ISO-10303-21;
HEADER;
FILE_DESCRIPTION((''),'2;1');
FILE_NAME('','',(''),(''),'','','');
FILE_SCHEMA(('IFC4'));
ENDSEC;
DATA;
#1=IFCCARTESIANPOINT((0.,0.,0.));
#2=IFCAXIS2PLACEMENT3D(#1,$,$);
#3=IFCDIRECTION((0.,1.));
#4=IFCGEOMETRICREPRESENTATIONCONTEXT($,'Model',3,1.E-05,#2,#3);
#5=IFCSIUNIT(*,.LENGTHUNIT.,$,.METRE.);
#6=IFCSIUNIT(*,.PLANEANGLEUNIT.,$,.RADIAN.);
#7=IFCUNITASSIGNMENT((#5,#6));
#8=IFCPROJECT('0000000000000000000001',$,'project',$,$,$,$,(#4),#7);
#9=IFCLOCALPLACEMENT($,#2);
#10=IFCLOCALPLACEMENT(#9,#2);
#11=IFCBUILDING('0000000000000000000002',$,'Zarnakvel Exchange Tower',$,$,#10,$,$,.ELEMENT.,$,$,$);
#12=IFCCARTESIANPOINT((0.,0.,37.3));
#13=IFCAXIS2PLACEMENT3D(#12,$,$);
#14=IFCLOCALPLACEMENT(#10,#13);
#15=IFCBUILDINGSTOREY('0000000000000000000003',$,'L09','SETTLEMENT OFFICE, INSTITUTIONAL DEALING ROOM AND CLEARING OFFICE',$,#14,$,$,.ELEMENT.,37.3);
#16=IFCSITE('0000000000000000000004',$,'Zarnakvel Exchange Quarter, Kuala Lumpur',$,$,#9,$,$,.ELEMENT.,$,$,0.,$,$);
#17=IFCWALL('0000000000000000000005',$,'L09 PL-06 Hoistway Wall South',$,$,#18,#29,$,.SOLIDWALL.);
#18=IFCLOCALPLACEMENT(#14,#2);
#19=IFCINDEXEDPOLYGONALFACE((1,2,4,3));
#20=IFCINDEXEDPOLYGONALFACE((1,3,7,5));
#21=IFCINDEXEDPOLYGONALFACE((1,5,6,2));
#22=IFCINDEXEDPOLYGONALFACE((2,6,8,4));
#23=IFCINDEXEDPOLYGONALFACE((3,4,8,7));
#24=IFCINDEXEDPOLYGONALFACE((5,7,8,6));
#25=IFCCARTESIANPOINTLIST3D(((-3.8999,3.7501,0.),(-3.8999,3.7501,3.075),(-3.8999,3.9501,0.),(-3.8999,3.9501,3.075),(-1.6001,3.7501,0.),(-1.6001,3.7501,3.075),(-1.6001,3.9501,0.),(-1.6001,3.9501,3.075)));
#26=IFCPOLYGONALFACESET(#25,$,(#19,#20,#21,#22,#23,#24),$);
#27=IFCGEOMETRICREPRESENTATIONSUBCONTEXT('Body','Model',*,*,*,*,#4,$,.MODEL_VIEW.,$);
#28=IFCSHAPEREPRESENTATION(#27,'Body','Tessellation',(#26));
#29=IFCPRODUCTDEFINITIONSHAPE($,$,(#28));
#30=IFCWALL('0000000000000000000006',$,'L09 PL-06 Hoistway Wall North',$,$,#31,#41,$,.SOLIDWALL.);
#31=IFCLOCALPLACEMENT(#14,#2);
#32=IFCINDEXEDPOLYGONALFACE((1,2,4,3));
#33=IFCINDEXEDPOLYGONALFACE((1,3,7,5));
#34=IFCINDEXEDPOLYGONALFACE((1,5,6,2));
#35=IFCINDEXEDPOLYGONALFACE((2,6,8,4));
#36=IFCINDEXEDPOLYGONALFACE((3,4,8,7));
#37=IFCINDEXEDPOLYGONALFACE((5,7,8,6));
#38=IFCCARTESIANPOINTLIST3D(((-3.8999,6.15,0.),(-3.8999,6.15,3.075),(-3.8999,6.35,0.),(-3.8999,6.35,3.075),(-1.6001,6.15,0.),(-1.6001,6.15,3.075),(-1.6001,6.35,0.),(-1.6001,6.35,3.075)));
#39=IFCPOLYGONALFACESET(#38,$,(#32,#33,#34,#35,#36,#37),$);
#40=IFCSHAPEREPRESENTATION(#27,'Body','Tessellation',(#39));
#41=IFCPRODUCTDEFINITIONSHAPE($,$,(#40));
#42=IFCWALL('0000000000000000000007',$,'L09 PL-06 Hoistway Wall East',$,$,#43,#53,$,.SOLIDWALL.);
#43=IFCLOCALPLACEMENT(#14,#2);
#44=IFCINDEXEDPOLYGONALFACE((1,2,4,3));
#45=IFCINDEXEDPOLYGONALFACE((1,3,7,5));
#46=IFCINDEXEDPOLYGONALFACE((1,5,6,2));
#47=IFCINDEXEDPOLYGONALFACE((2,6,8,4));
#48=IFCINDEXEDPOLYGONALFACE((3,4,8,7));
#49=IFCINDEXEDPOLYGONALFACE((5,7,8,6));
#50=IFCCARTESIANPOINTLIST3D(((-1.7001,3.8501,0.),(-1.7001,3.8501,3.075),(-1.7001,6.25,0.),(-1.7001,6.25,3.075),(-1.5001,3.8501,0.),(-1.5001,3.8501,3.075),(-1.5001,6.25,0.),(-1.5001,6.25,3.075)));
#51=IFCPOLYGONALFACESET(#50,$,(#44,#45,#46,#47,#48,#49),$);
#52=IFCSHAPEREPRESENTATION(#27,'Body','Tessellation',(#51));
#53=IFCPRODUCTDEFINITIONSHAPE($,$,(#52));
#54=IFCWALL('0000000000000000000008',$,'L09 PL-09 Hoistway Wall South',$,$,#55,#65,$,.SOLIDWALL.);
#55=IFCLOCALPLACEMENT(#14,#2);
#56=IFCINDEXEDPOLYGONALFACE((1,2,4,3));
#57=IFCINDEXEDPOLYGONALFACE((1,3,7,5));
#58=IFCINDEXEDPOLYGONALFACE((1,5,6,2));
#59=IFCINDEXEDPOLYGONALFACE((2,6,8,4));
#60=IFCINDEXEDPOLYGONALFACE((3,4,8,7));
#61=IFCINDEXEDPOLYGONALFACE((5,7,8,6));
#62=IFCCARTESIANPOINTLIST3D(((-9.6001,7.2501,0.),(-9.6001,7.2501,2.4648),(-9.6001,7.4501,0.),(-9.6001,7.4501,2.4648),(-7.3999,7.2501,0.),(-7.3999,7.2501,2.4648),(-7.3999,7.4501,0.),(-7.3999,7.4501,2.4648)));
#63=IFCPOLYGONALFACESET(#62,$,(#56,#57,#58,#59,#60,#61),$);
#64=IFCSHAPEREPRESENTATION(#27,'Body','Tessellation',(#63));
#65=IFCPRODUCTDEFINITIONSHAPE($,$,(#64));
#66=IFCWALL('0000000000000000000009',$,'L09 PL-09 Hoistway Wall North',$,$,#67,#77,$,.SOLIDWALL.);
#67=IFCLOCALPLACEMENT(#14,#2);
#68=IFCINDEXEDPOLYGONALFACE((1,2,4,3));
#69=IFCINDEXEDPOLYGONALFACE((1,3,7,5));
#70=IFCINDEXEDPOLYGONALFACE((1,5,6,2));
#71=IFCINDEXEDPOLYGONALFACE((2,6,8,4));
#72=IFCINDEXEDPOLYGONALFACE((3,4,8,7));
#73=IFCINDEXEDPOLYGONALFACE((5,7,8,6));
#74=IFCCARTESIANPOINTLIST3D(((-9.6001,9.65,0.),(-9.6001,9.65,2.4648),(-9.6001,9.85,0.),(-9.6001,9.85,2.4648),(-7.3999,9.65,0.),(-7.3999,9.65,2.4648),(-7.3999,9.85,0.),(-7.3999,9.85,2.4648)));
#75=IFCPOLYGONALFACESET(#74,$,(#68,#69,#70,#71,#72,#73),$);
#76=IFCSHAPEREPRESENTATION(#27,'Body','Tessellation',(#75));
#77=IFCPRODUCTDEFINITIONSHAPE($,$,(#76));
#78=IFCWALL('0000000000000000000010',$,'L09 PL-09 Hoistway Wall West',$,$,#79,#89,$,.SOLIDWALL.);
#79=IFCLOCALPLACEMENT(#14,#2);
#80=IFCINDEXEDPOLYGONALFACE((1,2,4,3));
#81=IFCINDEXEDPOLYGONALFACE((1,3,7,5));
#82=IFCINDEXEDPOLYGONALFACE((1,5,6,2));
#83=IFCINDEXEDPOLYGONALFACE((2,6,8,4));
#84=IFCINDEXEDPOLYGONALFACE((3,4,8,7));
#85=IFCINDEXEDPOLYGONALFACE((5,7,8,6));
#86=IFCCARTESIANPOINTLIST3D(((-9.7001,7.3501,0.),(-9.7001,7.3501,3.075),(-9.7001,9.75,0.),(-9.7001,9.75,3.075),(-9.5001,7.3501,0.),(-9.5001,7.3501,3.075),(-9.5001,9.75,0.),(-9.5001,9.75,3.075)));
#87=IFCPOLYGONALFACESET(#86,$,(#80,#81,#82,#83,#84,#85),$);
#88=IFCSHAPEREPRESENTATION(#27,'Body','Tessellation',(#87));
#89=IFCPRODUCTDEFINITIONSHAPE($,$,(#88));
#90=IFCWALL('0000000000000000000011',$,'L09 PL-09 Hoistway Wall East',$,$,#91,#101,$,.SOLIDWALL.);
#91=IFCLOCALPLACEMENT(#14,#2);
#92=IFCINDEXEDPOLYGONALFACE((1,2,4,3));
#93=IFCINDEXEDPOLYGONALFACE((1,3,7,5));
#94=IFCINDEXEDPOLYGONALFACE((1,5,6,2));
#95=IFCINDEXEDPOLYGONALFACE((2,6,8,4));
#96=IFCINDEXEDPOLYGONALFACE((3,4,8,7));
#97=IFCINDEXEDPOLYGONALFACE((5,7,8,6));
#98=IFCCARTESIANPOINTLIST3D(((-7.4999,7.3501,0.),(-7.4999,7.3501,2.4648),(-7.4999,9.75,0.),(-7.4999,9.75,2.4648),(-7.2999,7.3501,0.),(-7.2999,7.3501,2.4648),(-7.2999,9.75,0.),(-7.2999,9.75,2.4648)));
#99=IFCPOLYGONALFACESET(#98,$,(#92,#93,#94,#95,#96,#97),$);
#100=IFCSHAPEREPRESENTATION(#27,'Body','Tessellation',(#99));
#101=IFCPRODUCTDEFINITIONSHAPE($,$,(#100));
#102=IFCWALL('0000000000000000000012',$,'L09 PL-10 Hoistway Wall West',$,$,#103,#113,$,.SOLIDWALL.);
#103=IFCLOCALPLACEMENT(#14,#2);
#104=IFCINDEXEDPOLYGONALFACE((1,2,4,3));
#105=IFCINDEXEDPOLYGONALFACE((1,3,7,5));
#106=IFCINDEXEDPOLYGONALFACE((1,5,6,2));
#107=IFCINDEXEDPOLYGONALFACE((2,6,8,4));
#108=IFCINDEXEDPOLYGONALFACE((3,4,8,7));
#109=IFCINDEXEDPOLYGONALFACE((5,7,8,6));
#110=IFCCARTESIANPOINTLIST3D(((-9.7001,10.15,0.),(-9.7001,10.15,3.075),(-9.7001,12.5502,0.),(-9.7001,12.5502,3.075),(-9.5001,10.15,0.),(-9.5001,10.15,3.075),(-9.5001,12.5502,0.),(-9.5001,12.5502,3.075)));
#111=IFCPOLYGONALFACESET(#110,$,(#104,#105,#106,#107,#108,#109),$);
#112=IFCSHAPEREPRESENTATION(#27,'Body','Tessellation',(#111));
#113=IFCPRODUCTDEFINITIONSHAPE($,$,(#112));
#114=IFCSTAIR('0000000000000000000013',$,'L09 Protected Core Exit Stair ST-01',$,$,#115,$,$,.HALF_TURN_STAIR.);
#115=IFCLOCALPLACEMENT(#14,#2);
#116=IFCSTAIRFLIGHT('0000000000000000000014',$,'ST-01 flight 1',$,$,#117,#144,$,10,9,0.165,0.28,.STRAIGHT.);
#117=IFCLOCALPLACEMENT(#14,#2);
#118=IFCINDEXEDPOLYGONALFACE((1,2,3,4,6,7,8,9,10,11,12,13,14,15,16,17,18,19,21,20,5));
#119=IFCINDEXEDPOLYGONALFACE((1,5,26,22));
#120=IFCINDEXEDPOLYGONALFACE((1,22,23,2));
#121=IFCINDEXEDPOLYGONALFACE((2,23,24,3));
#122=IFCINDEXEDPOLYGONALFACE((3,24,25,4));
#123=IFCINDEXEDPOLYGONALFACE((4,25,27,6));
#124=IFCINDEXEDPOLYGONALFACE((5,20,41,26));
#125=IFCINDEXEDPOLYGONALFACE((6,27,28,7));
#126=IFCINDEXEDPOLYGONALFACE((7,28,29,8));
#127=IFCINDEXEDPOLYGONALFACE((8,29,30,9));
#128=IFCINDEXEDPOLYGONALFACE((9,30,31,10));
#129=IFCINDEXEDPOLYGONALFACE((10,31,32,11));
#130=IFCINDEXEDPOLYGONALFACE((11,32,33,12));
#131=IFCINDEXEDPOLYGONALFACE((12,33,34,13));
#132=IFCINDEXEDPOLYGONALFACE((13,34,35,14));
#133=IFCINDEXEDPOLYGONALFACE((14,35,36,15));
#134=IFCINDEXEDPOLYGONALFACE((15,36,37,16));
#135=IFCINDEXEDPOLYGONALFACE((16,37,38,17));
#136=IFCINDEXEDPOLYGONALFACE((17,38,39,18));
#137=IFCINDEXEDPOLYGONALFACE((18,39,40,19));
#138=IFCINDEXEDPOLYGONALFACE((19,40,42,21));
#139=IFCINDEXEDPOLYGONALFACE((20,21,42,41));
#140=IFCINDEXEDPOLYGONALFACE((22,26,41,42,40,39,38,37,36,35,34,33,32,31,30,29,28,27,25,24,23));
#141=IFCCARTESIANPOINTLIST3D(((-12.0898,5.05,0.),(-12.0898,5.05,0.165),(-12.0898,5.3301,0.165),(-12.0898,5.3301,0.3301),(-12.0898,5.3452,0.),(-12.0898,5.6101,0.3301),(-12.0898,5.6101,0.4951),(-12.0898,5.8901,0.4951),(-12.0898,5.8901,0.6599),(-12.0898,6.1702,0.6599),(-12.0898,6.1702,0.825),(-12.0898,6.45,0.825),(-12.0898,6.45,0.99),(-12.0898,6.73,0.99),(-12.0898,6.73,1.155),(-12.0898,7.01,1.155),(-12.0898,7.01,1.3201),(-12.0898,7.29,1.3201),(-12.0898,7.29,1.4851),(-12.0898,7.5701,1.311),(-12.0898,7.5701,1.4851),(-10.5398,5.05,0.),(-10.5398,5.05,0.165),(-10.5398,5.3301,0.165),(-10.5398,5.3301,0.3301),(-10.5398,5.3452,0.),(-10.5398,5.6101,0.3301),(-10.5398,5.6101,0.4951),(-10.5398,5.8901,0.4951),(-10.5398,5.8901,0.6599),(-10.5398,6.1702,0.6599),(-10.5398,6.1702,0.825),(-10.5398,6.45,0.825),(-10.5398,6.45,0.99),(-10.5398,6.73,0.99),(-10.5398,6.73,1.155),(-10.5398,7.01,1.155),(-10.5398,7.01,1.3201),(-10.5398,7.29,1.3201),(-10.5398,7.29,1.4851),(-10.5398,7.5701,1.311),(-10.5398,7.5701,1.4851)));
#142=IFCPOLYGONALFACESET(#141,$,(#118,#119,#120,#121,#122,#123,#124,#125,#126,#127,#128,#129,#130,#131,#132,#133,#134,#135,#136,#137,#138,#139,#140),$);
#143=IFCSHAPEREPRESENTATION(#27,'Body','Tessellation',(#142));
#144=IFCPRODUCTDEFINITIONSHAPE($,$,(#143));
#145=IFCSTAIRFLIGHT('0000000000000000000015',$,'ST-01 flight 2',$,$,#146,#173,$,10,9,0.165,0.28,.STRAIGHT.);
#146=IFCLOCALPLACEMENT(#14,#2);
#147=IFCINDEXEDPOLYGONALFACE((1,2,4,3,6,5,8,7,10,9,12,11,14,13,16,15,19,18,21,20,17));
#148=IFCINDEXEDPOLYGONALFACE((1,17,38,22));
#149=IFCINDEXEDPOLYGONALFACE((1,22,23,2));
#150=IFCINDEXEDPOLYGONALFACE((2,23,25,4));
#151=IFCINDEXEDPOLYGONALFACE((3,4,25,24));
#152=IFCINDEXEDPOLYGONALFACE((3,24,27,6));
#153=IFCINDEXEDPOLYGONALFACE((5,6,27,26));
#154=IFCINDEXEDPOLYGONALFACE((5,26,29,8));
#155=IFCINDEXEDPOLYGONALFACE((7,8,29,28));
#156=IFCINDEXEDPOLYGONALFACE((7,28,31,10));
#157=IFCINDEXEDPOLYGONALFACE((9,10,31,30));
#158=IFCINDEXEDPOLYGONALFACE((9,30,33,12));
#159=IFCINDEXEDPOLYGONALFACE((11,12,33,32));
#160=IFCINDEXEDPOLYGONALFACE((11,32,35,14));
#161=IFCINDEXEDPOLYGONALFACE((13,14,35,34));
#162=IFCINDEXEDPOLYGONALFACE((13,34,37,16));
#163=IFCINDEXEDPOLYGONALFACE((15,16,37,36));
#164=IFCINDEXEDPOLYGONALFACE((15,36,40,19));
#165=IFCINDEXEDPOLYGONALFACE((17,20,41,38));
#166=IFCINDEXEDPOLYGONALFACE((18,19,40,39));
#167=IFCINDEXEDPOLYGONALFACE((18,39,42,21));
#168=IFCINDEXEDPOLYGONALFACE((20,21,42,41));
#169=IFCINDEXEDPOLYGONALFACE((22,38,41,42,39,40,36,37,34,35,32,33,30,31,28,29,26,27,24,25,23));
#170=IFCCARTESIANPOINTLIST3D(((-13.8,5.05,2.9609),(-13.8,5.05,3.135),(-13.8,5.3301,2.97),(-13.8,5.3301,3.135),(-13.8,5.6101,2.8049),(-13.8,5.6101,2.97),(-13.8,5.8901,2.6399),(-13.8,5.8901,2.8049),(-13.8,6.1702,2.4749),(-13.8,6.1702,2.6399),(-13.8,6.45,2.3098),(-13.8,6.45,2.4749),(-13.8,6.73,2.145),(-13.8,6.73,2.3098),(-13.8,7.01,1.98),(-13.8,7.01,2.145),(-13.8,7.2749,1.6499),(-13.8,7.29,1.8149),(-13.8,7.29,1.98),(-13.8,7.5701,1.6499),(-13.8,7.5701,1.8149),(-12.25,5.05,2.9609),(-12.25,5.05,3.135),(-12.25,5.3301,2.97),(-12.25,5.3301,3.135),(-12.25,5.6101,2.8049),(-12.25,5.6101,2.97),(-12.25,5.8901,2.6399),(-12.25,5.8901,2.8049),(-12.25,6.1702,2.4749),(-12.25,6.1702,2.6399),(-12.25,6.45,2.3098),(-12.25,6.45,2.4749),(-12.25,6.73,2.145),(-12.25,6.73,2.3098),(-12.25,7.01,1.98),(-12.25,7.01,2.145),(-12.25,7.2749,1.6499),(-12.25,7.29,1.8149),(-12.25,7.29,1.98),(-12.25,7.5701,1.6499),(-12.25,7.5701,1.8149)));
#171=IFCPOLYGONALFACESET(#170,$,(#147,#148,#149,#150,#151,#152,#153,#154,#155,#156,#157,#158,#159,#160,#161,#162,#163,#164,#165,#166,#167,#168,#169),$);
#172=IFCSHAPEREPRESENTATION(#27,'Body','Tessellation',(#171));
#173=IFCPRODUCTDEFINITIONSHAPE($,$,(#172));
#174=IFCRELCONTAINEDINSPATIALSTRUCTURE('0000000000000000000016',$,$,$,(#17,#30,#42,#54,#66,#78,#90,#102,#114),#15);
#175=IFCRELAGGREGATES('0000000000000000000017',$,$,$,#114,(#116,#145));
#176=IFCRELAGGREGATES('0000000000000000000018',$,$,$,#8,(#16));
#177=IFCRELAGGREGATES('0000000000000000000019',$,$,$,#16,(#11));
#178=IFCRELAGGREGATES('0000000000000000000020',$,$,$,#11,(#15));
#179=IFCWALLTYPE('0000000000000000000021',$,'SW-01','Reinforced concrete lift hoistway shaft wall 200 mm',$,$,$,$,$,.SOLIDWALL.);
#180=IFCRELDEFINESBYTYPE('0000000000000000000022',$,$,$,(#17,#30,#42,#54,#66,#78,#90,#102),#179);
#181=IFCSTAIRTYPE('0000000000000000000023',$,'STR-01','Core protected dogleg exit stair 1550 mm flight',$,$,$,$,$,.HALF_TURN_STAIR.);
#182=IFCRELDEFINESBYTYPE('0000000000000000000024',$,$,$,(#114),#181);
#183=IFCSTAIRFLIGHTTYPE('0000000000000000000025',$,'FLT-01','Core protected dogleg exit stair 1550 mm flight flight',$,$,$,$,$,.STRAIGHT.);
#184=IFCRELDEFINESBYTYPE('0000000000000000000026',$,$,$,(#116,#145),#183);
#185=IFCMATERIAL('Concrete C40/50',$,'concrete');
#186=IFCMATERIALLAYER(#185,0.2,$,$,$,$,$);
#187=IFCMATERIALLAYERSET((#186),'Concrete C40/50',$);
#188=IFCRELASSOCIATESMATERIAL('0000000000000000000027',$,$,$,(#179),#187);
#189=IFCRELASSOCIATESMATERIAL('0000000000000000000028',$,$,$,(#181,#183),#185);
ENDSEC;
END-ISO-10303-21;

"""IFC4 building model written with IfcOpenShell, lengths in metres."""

from ifc_helpers import new_model, si_unit, direction, frame, frame_2d, origin, place, context, subcontext, project, spatial, polyline, rectangle, outline, extrude, material, layer, layer_set, type_object, element, aggregate, save


model = new_model("IFC4")

# Units and contexts
model_context = context("Model", 3, precision=1e-05, world=origin(), true_north=direction((0.0, 1.0)))
body_context = subcontext(model_context, "Body", "Model", "MODEL_VIEW")
ifc_project = project(units=[si_unit("LENGTHUNIT", "METRE"), si_unit("PLANEANGLEUNIT", "RADIAN")], contexts=[model_context])

# Site, building, storey
site_placement = place(None, origin())
site = spatial("IfcSite", under=ifc_project, at=site_placement, Name="Zarnakvel Exchange Quarter, Kuala Lumpur", CompositionType="ELEMENT", RefElevation=0.0)
building_placement = place(site_placement, origin())
building = spatial("IfcBuilding", under=site, at=building_placement, Name="Zarnakvel Exchange Tower", CompositionType="ELEMENT")
storey_placement = place(building_placement, frame((0.0, 0.0, 37.3)))
storey = spatial("IfcBuildingStorey", under=building, at=storey_placement, Name="L09", Description="SETTLEMENT OFFICE, INSTITUTIONAL DEALING ROOM AND CLEARING OFFICE", CompositionType="ELEMENT", Elevation=37.3)

# Shared definitions
ifc_material_1 = material(Name="Concrete C40/50", Category="concrete")
ifc_layer_1 = layer(ifc_material_1, 0.2)
ifc_layer_set_1 = layer_set([ifc_layer_1], Name="Concrete C40/50")
wall_type_1 = type_object("IfcWallType", Name="SW-01", Description="Reinforced concrete lift hoistway shaft wall 200 mm", PredefinedType="SOLIDWALL", material=ifc_layer_set_1)

# Walls
for number, where, z_axis, x_axis, name in (
    (1, (-1.6001, 3.8501, 0.0), (0.0, 0.0, 1.0), (-1.0, 0.0, 0.0), "L09 PL-06 Hoistway Wall South"),
    (2, (-3.8999, 6.25, 0.0), (0.0, 0.0, 1.0), (1.0, 0.0, 0.0), "L09 PL-06 Hoistway Wall North"),
):
    element("IfcWall", number, at=place(storey_placement, frame(where, z_axis=z_axis, x_axis=x_axis)), inside=storey, type_object=wall_type_1, Name=name, PredefinedType="SOLIDWALL", context=body_context, shape_type="SweptSolid", body=[
        extrude(rectangle(XDim=2.2998, YDim=0.2, at=frame_2d((1.1499, 0.0))), origin(), (0.0, 0.0, 1.0), 3.075),
    ])
wall_1_placement = place(storey_placement, frame((-1.6001, 6.25, 0.0), z_axis=(0.0, 0.0, 1.0), x_axis=(0.0, -1.0, 0.0)))
element("IfcWall", 3, at=wall_1_placement, inside=storey, type_object=wall_type_1, Name="L09 PL-06 Hoistway Wall East", PredefinedType="SOLIDWALL", context=body_context, shape_type="SweptSolid", body=[
    extrude(rectangle(XDim=2.3999, YDim=0.2, at=frame_2d((1.2, 0.0))), origin(), (0.0, 0.0, 1.0), 3.075),
])
for number, where, z_axis, x_axis, name in (
    (4, (-7.3999, 7.3501, 0.0), (0.0, 0.0, 1.0), (-1.0, 0.0, 0.0), "L09 PL-09 Hoistway Wall South"),
    (5, (-9.6001, 9.75, 0.0), (0.0, 0.0, 1.0), (1.0, 0.0, 0.0), "L09 PL-09 Hoistway Wall North"),
):
    element("IfcWall", number, at=place(storey_placement, frame(where, z_axis=z_axis, x_axis=x_axis)), inside=storey, type_object=wall_type_1, Name=name, PredefinedType="SOLIDWALL", context=body_context, shape_type="SweptSolid", body=[
        extrude(rectangle(XDim=2.2002, YDim=0.2, at=frame_2d((1.1001, 0.0))), origin(), (0.0, 0.0, 1.0), 2.4648),
    ])
wall_2_placement = place(storey_placement, frame((-9.6001, 7.3501, 0.0), z_axis=(0.0, 0.0, 1.0), x_axis=(0.0, 1.0, 0.0)))
element("IfcWall", 6, at=wall_2_placement, inside=storey, type_object=wall_type_1, Name="L09 PL-09 Hoistway Wall West", PredefinedType="SOLIDWALL", context=body_context, shape_type="SweptSolid", body=[
    extrude(rectangle(XDim=2.3999, YDim=0.2, at=frame_2d((1.2, 0.0))), origin(), (0.0, 0.0, 1.0), 3.075),
])
wall_3_placement = place(storey_placement, frame((-7.3999, 9.75, 0.0), z_axis=(0.0, 0.0, 1.0), x_axis=(0.0, -1.0, 0.0)))
element("IfcWall", 7, at=wall_3_placement, inside=storey, type_object=wall_type_1, Name="L09 PL-09 Hoistway Wall East", PredefinedType="SOLIDWALL", context=body_context, shape_type="SweptSolid", body=[
    extrude(rectangle(XDim=2.3999, YDim=0.2, at=frame_2d((1.2, 0.0))), origin(), (0.0, 0.0, 1.0), 2.4648),
])
wall_4_placement = place(storey_placement, frame((-9.6001, 10.1499, 0.0), z_axis=(0.0, 0.0, 1.0), x_axis=(0.0, 1.0, 0.0)))
element("IfcWall", 8, at=wall_4_placement, inside=storey, type_object=wall_type_1, Name="L09 PL-10 Hoistway Wall West", PredefinedType="SOLIDWALL", context=body_context, shape_type="SweptSolid", body=[
    extrude(rectangle(XDim=2.4001, YDim=0.2, at=frame_2d((1.2002, 0.0))), origin(), (0.0, 0.0, 1.0), 3.075),
])

# Stair, stair flights
stair_type = type_object("IfcStairType", Name="STR-01", Description="Core protected dogleg exit stair 1550 mm flight", PredefinedType="HALF_TURN_STAIR", material=ifc_material_1)
stair_placement = place(storey_placement, origin())
stair = element("IfcStair", 9, at=stair_placement, inside=storey, type_object=stair_type, Name="L09 Protected Core Exit Stair ST-01", PredefinedType="HALF_TURN_STAIR")
stair_flight_type = type_object("IfcStairFlightType", Name="FLT-01", Description="Core protected dogleg exit stair 1550 mm flight flight", PredefinedType="STRAIGHT", material=ifc_material_1)
stair_flight_1_placement = place(storey_placement, frame((-11.3149, 5.05, 0.0), z_axis=(0.0, 0.0, 1.0), x_axis=(0.0, 1.0, 0.0)))
stair_flight_1 = element("IfcStairFlight", 10, at=stair_flight_1_placement, type_object=stair_flight_type, Name="ST-01 flight 1", NumberOfRisers=10, NumberOfTreads=9, PredefinedType="STRAIGHT", RiserHeight=0.165, TreadLength=0.28, context=body_context, shape_type="SweptSolid", body=[
    extrude(outline(polyline([(0.0, 0.0), (0.0, 0.165), (0.28, 0.165), (0.28, 0.3301), (0.5601, 0.3301), (0.5601, 0.4951), (0.8401, 0.4951), (0.8401, 0.6599), (1.1201, 0.6599), (1.1201, 0.825), (1.3999, 0.825), (1.3999, 0.99), (1.6799, 0.99), (1.6799, 1.155), (1.96, 1.155), (1.96, 1.3201), (2.24, 1.3201), (2.24, 1.4851), (2.52, 1.4851), (2.52, 1.6499), (2.52, 1.311), (0.2952, 0.0), (0.0, 0.0)])), frame((0.0, 0.7749, 0.0), z_axis=(0.0, -1.0, 0.0), x_axis=(1.0, 0.0, 0.0)), (0.0, 0.0, 1.0), 1.55),
])
stair_flight_2_placement = place(storey_placement, frame((-13.0249, 7.5701, 1.6499), z_axis=(0.0, 0.0, 1.0), x_axis=(0.0, -1.0, 0.0)))
stair_flight_2 = element("IfcStairFlight", 11, at=stair_flight_2_placement, type_object=stair_flight_type, Name="ST-01 flight 2", NumberOfRisers=10, NumberOfTreads=9, PredefinedType="STRAIGHT", RiserHeight=0.165, TreadLength=0.28, context=body_context, shape_type="SweptSolid", body=[
    extrude(outline(polyline([(0.0, 0.0), (0.0, 0.165), (0.28, 0.165), (0.28, 0.3301), (0.5601, 0.3301), (0.5601, 0.4951), (0.8401, 0.4951), (0.8401, 0.6599), (1.1201, 0.6599), (1.1201, 0.825), (1.3999, 0.825), (1.3999, 0.99), (1.6799, 0.99), (1.6799, 1.155), (1.96, 1.155), (1.96, 1.3201), (2.24, 1.3201), (2.24, 1.4851), (2.52, 1.4851), (2.52, 1.6499), (2.52, 1.311), (0.2952, 0.0), (0.0, 0.0)])), frame((0.0, 0.7749, 0.0), z_axis=(0.0, -1.0, 0.0), x_axis=(1.0, 0.0, 0.0)), (0.0, 0.0, 1.0), 1.55),
])
aggregate(stair, [stair_flight_1, stair_flight_2])

save(model, "model.ifc")
